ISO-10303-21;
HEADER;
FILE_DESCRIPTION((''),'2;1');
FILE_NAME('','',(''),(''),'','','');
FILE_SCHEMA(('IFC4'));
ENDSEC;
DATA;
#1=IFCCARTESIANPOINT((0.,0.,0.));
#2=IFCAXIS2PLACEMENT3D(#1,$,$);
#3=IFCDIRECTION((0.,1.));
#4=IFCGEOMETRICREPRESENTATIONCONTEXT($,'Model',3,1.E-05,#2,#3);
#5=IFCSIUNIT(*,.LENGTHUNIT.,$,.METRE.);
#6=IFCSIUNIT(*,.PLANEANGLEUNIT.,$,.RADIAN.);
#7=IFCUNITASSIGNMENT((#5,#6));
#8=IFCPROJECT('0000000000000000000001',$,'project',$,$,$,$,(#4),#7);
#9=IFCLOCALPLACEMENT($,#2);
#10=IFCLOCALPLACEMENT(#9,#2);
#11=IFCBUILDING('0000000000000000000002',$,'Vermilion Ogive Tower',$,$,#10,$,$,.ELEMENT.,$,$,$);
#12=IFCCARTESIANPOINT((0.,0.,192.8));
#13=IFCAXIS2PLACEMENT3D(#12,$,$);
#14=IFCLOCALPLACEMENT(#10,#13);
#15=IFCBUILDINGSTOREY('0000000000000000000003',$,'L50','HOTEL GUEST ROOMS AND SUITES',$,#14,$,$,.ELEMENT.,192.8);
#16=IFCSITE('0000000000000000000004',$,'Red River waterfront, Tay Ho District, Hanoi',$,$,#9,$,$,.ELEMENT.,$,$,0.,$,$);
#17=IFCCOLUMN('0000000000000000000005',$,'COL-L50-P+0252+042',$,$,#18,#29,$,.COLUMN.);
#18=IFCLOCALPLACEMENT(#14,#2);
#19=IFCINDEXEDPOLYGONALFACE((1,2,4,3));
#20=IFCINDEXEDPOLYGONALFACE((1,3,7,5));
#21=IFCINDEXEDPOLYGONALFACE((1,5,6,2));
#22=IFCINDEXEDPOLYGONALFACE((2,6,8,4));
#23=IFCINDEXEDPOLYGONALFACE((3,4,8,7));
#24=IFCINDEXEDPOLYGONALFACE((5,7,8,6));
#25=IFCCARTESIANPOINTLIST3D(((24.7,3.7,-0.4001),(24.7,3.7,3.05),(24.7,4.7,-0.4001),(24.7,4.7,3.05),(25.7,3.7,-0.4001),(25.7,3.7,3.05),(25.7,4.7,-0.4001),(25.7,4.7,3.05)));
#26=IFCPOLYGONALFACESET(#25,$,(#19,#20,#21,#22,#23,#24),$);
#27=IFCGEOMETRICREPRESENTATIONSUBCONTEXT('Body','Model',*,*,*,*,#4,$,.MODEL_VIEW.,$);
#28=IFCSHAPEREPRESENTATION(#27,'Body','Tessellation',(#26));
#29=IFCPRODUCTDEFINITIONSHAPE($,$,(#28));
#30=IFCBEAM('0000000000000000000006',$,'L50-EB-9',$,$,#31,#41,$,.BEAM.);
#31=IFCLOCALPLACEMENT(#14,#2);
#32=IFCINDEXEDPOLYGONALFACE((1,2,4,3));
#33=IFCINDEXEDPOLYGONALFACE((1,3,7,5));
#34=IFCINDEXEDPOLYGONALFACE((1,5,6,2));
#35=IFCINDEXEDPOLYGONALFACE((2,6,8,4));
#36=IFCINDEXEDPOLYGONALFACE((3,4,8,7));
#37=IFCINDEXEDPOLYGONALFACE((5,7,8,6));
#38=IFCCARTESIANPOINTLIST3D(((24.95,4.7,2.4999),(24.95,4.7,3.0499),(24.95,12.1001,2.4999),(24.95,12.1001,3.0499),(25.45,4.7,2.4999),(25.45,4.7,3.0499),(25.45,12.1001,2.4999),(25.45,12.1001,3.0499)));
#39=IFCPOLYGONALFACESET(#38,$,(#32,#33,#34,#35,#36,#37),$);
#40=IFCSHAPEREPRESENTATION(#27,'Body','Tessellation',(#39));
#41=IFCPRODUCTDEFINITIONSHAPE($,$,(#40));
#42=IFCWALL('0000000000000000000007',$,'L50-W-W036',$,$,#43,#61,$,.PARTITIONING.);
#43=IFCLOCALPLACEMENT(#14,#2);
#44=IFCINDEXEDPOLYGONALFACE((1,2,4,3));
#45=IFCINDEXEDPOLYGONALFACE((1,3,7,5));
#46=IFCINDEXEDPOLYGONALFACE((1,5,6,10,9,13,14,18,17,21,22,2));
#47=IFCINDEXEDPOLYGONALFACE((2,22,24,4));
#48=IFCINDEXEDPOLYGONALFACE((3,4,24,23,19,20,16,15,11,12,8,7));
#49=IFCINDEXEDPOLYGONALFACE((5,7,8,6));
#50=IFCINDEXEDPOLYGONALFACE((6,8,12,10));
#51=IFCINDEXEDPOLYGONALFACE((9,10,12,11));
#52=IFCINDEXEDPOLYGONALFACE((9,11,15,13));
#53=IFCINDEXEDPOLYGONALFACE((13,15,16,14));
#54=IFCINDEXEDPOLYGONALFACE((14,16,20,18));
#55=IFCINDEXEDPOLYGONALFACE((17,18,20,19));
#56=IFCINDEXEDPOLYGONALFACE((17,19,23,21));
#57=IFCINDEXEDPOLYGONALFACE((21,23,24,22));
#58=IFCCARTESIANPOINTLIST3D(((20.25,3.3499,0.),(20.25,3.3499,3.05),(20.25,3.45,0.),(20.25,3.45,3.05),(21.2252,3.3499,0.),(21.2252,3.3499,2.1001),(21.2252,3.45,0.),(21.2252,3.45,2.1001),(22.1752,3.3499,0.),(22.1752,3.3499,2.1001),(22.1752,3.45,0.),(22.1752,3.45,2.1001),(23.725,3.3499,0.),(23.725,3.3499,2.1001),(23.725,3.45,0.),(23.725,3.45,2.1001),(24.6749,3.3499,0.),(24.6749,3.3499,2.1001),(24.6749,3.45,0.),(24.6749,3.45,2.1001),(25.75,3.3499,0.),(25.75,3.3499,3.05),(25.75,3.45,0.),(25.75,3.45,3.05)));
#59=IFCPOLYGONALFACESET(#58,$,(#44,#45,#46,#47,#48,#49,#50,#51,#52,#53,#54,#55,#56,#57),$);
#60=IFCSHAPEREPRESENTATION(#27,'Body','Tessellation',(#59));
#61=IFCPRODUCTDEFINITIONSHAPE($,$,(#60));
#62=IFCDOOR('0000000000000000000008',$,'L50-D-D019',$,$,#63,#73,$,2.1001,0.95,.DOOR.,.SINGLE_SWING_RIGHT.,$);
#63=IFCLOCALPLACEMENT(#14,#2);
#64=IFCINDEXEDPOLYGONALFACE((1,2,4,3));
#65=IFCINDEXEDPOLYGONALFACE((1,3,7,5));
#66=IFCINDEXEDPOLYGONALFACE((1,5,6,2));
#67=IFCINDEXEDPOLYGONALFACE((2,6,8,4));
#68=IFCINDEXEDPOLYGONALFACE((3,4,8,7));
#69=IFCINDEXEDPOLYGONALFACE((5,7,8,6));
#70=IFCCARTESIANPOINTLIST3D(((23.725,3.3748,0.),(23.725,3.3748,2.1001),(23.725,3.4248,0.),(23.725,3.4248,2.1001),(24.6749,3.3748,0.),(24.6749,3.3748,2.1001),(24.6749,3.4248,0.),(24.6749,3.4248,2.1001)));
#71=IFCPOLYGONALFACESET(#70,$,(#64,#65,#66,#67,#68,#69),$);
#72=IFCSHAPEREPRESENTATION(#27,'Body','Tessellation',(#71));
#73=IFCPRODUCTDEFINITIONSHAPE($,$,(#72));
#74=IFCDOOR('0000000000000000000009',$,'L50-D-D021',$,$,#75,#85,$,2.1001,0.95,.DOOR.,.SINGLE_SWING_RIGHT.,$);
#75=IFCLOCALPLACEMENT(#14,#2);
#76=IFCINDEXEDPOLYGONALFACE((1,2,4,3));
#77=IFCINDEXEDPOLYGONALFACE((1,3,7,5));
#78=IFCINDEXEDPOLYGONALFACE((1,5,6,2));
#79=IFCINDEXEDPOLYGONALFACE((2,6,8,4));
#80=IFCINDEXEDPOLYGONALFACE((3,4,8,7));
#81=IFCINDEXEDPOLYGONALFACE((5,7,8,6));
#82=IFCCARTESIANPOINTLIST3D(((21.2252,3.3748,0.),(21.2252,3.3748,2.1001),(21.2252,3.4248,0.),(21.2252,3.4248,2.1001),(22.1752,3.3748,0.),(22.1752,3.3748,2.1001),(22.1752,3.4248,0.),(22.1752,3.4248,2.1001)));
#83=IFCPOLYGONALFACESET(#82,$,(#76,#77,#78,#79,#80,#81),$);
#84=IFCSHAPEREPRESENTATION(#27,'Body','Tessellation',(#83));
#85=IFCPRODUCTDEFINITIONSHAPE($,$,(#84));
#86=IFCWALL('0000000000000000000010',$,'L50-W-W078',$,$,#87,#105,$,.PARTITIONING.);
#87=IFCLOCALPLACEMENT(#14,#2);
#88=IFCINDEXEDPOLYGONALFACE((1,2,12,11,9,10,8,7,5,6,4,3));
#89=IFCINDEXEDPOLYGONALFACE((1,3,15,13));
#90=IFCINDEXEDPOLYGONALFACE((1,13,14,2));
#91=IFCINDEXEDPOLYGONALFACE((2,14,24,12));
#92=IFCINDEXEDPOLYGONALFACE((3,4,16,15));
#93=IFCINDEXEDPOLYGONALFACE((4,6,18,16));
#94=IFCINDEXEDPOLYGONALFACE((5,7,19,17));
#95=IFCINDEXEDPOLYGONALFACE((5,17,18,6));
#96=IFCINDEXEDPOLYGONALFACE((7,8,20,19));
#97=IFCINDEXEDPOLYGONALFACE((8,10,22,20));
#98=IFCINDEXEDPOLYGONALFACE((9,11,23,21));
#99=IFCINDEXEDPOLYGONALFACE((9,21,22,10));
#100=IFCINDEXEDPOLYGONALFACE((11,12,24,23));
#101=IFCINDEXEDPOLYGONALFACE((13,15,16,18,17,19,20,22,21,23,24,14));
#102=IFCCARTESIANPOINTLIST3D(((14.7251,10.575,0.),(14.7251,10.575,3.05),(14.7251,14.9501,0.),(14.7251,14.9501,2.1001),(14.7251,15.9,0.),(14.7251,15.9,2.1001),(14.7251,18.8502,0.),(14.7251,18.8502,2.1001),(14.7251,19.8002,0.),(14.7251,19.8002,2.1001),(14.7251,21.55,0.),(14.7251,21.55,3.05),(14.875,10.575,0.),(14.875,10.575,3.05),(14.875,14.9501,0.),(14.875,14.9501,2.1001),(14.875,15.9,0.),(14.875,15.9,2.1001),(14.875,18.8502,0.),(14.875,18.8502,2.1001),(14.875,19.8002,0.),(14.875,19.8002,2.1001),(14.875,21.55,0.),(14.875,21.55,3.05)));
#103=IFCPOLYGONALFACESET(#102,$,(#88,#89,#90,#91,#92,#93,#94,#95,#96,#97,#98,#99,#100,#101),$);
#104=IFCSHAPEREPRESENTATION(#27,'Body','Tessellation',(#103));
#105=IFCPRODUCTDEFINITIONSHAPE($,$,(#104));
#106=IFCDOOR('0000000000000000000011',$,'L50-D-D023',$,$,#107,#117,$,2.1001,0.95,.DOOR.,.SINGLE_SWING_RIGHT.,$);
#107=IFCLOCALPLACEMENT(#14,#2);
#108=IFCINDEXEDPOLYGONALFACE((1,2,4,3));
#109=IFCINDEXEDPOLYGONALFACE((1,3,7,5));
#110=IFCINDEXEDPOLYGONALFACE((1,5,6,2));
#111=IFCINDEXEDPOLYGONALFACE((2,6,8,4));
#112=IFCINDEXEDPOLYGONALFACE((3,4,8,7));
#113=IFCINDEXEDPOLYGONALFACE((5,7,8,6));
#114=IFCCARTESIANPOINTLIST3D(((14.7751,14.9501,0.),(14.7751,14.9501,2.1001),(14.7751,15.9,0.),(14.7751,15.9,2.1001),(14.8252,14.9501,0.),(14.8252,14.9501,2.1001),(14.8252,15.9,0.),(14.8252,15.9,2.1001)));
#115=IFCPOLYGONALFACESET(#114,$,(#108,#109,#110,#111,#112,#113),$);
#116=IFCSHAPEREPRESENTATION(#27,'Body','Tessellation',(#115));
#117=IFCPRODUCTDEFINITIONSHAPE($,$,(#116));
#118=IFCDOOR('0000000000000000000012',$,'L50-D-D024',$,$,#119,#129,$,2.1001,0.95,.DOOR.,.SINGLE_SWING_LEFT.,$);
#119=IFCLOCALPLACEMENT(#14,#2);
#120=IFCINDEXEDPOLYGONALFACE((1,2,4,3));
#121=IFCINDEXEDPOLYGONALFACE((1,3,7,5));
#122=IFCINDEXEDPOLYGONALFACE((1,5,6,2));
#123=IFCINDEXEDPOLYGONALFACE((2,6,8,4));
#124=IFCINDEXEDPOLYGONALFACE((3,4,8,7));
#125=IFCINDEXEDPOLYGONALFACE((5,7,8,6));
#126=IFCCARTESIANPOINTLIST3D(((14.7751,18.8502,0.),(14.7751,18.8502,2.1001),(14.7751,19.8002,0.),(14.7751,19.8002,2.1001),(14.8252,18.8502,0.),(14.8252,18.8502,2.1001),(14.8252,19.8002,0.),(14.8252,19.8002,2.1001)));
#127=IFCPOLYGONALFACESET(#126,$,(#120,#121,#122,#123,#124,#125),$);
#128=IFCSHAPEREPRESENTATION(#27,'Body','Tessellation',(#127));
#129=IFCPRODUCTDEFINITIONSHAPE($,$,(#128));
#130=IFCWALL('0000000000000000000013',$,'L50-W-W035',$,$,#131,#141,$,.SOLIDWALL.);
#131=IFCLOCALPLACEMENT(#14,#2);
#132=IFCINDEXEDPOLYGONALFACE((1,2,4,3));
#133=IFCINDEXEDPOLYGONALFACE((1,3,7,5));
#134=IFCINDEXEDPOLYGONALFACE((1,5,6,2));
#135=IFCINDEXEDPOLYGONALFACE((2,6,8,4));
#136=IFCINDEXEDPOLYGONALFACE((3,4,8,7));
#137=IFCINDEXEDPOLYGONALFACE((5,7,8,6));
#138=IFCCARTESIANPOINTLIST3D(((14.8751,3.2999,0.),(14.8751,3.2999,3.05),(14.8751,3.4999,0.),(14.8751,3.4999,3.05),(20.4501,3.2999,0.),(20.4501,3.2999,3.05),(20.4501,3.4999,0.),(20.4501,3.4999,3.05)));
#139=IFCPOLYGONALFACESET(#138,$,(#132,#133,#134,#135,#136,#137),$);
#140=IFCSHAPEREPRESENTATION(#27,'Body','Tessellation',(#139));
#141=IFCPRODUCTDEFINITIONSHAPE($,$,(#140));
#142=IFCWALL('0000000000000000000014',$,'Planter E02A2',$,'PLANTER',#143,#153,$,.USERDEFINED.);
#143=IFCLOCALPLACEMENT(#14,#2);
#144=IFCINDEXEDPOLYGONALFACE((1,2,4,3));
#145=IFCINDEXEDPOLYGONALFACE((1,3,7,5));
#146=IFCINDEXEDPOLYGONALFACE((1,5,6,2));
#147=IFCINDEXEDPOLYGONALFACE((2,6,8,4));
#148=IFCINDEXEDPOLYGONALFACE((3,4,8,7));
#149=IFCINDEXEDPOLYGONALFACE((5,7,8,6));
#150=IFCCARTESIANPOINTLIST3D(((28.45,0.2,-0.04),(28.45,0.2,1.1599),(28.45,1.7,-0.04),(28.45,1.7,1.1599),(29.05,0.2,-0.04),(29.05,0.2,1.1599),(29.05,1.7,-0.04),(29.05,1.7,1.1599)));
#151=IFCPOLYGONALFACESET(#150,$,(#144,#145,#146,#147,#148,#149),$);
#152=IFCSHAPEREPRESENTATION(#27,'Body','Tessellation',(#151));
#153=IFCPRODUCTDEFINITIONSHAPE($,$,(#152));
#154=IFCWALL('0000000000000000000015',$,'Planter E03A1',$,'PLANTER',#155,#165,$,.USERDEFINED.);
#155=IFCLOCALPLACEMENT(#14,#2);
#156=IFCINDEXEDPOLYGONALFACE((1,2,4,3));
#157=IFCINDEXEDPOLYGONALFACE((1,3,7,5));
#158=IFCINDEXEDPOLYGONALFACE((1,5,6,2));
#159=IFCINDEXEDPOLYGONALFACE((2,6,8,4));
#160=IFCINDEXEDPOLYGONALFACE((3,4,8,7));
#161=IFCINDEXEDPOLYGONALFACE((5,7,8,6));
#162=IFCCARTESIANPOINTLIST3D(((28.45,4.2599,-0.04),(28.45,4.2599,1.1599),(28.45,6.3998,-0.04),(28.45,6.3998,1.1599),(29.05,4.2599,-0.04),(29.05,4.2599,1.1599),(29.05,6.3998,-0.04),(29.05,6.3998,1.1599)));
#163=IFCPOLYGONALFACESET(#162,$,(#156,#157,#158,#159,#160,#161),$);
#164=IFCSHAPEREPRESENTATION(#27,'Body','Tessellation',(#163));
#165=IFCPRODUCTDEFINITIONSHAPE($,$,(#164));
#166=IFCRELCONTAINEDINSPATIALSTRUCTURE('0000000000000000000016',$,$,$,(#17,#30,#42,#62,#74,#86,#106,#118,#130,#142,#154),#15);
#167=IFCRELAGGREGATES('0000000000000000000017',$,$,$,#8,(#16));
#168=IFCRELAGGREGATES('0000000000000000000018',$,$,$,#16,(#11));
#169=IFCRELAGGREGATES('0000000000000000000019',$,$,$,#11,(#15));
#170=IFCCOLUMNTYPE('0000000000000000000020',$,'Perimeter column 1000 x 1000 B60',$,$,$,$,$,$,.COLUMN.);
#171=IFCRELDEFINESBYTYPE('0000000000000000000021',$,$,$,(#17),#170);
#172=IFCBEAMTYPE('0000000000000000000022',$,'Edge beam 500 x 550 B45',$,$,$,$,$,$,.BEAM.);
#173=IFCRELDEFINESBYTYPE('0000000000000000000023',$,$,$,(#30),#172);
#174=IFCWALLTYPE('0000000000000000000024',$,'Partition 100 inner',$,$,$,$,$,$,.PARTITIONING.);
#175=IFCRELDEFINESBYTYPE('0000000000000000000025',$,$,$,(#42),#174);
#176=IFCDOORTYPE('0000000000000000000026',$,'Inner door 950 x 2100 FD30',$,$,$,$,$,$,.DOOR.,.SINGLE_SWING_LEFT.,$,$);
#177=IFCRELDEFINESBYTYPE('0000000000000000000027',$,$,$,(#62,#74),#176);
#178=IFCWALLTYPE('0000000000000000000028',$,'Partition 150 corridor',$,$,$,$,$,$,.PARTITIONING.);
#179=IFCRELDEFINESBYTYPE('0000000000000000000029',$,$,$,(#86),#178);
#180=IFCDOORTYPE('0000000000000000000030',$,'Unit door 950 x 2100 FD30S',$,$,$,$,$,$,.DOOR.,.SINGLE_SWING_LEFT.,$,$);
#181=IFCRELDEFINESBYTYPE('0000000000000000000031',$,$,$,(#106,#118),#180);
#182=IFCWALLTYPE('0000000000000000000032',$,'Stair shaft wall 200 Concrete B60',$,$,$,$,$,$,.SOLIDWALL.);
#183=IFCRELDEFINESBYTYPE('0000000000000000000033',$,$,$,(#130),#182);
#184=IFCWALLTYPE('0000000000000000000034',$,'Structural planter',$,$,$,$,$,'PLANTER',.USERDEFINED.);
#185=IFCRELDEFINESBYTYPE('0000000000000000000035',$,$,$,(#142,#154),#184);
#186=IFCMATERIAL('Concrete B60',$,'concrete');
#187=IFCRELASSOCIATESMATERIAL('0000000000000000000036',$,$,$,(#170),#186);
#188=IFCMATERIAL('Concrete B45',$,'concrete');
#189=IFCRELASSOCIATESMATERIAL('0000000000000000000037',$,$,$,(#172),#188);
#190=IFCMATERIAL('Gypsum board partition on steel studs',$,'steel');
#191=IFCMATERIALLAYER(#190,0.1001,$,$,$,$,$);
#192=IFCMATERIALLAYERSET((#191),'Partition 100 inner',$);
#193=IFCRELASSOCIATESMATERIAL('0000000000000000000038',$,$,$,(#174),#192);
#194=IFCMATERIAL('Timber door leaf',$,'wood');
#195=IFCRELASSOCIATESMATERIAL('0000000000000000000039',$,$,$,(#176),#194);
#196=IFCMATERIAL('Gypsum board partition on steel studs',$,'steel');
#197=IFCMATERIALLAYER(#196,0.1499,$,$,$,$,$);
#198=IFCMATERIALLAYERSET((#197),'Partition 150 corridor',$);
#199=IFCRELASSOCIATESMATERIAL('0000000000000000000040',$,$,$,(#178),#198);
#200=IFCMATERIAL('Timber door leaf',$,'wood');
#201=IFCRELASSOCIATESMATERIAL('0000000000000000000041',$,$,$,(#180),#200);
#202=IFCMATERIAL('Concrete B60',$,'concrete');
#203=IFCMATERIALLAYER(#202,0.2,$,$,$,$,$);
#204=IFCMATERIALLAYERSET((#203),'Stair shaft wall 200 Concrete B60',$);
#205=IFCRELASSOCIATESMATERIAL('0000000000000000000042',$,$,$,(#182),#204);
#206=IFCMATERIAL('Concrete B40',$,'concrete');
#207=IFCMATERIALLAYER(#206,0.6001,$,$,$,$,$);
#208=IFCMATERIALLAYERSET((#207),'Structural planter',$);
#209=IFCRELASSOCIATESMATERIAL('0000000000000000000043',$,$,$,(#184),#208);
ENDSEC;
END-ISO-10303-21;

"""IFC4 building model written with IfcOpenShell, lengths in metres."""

from ifc_helpers import new_model, si_unit, direction, frame, frame_2d, origin, origin_2d, place, context, subcontext, project, spatial, rectangle, extrude, material, layer, layer_set, material_profile, profile_set, type_object, element, fill, save


model = new_model("IFC4")

# Units and contexts
model_context = context("Model", 3, precision=1e-05, world=origin(), true_north=direction((0.0, 1.0)))
body_context = subcontext(model_context, "Body", "Model", "MODEL_VIEW")
ifc_project = project(units=[si_unit("LENGTHUNIT", "METRE"), si_unit("PLANEANGLEUNIT", "RADIAN")], contexts=[model_context])

# Site, building, storey
site_placement = place(None, origin())
site = spatial("IfcSite", under=ifc_project, at=site_placement, Name="Red River waterfront, Tay Ho District, Hanoi", CompositionType="ELEMENT", RefElevation=0.0)
building_placement = place(site_placement, origin())
building = spatial("IfcBuilding", under=site, at=building_placement, Name="Vermilion Ogive Tower", CompositionType="ELEMENT")
storey_placement = place(building_placement, frame((0.0, 0.0, 192.8)))
storey = spatial("IfcBuildingStorey", under=building, at=storey_placement, Name="L50", Description="HOTEL GUEST ROOMS AND SUITES", CompositionType="ELEMENT", Elevation=192.8)

# Column
ifc_material_1 = material(Name="Concrete B60", Category="concrete")
ifc_material_profile_1 = material_profile(ifc_material_1, rectangle(XDim=1.0, YDim=1.0, at=origin_2d()), Name="1000 x 1000")
ifc_profile_set_1 = profile_set([ifc_material_profile_1], Name="Concrete B60")
column_type = type_object("IfcColumnType", Name="Perimeter column 1000 x 1000 B60", PredefinedType="COLUMN", material=ifc_profile_set_1)
column_placement = place(storey_placement, frame((25.2, 4.2, -0.4001), z_axis=(0.0, 0.0, 1.0), x_axis=(1.0, 0.0, 0.0)))
element("IfcColumn", 1, at=column_placement, inside=storey, type_object=column_type, Name="COL-L50-P+0252+042", PredefinedType="COLUMN", context=body_context, shape_type="SweptSolid", body=[
    extrude(rectangle(XDim=1.0, YDim=1.0, at=origin_2d()), origin(), (0.0, 0.0, 1.0), 3.4502),
])

# Beam
ifc_material_2 = material(Name="Concrete B45", Category="concrete")
ifc_material_profile_2 = material_profile(ifc_material_2, rectangle(XDim=0.5, YDim=0.55, at=origin_2d()), Name="500 x 550")
ifc_profile_set_2 = profile_set([ifc_material_profile_2], Name="Concrete B45")
beam_type = type_object("IfcBeamType", Name="Edge beam 500 x 550 B45", PredefinedType="BEAM", material=ifc_profile_set_2)
beam_placement = place(storey_placement, frame((25.2, 4.7, 2.7749), z_axis=(0.0, 1.0, 0.0), x_axis=(-1.0, 0.0, 0.0)))
element("IfcBeam", 2, at=beam_placement, inside=storey, type_object=beam_type, Name="L50-EB-9", PredefinedType="BEAM", context=body_context, shape_type="SweptSolid", body=[
    extrude(rectangle(XDim=0.5, YDim=0.55, at=origin_2d()), origin(), (0.0, 0.0, 1.0), 7.4001),
])

# Walls, openings, doors
ifc_material_3 = material(Name="Gypsum board partition on steel studs", Category="steel")
ifc_layer_1 = layer(ifc_material_3, 0.1001)
ifc_layer_set_1 = layer_set([ifc_layer_1], Name="Partition 100 inner")
wall_type_1 = type_object("IfcWallType", Name="Partition 100 inner", PredefinedType="PARTITIONING", material=ifc_layer_set_1)
wall_1_placement = place(storey_placement, frame((20.25, 3.3999, 0.0), z_axis=(0.0, 0.0, 1.0), x_axis=(1.0, 0.0, 0.0)))
wall_1 = element("IfcWall", 3, at=wall_1_placement, inside=storey, type_object=wall_type_1, Name="L50-W-W036", PredefinedType="PARTITIONING", context=body_context, shape_type="SweptSolid", body=[
    extrude(rectangle(XDim=5.5, YDim=0.1001, at=frame_2d((2.75, 0.0))), origin(), (0.0, 0.0, 1.0), 3.05),
])
opening_1_placement = place(wall_1_placement, frame((3.4749, 0.0, 0.0)))
opening_1 = element("IfcOpeningElement", 4, at=opening_1_placement, cuts=wall_1, PredefinedType="OPENING", context=body_context, shape_type="SweptSolid", body=[
    extrude(rectangle(XDim=0.95, YDim=2.1001, at=frame_2d((0.4751, 1.05))), frame((0.0, 0.0601, 0.0), z_axis=(0.0, -1.0, 0.0), x_axis=(1.0, 0.0, 0.0)), (0.0, 0.0, 1.0), 0.1201),
])
opening_2_placement = place(wall_1_placement, frame((0.9751, 0.0, 0.0)))
opening_2 = element("IfcOpeningElement", 5, at=opening_2_placement, cuts=wall_1, PredefinedType="OPENING", context=body_context, shape_type="SweptSolid", body=[
    extrude(rectangle(XDim=0.95, YDim=2.1001, at=frame_2d((0.4751, 1.05))), frame((0.0, 0.0601, 0.0), z_axis=(0.0, -1.0, 0.0), x_axis=(1.0, 0.0, 0.0)), (0.0, 0.0, 1.0), 0.1201),
])
ifc_material_4 = material(Name="Timber door leaf", Category="wood")
door_type_1 = type_object("IfcDoorType", Name="Inner door 950 x 2100 FD30", OperationType="SINGLE_SWING_LEFT", PredefinedType="DOOR", material=ifc_material_4)
door_1_placement = place(opening_1_placement, origin())
door_1 = element("IfcDoor", 6, at=door_1_placement, inside=storey, type_object=door_type_1, Name="L50-D-D019", OperationType="SINGLE_SWING_RIGHT", OverallHeight=2.1001, OverallWidth=0.95, PredefinedType="DOOR", context=body_context, shape_type="SweptSolid", body=[
    extrude(rectangle(XDim=0.95, YDim=2.1001, at=frame_2d((0.4751, 1.05))), frame((0.0, 0.0249, 0.0), z_axis=(0.0, -1.0, 0.0), x_axis=(1.0, 0.0, 0.0)), (0.0, 0.0, 1.0), 0.05),
])
fill(opening_1, door_1)
door_2_placement = place(opening_2_placement, origin())
door_2 = element("IfcDoor", 7, at=door_2_placement, inside=storey, type_object=door_type_1, Name="L50-D-D021", OperationType="SINGLE_SWING_RIGHT", OverallHeight=2.1001, OverallWidth=0.95, PredefinedType="DOOR", context=body_context, shape_type="SweptSolid", body=[
    extrude(rectangle(XDim=0.95, YDim=2.1001, at=frame_2d((0.4751, 1.05))), frame((0.0, 0.0249, 0.0), z_axis=(0.0, -1.0, 0.0), x_axis=(1.0, 0.0, 0.0)), (0.0, 0.0, 1.0), 0.05),
])
fill(opening_2, door_2)
ifc_material_5 = material(Name="Gypsum board partition on steel studs", Category="steel")
ifc_layer_2 = layer(ifc_material_5, 0.1499)
ifc_layer_set_2 = layer_set([ifc_layer_2], Name="Partition 150 corridor")
wall_type_2 = type_object("IfcWallType", Name="Partition 150 corridor", PredefinedType="PARTITIONING", material=ifc_layer_set_2)
wall_2_placement = place(storey_placement, frame((14.8, 10.575, 0.0), z_axis=(0.0, 0.0, 1.0), x_axis=(0.0, 1.0, 0.0)))
wall_2 = element("IfcWall", 8, at=wall_2_placement, inside=storey, type_object=wall_type_2, Name="L50-W-W078", PredefinedType="PARTITIONING", context=body_context, shape_type="SweptSolid", body=[
    extrude(rectangle(XDim=10.9751, YDim=0.1499, at=frame_2d((5.4875, 0.0))), origin(), (0.0, 0.0, 1.0), 3.05),
])
opening_3_placement = place(wall_2_placement, frame((4.375, 0.0, 0.0)))
opening_3 = element("IfcOpeningElement", 9, at=opening_3_placement, cuts=wall_2, PredefinedType="OPENING", context=body_context, shape_type="SweptSolid", body=[
    extrude(rectangle(XDim=0.95, YDim=2.1001, at=frame_2d((0.4751, 1.05))), frame((0.0, 0.085, 0.0), z_axis=(0.0, -1.0, 0.0), x_axis=(1.0, 0.0, 0.0)), (0.0, 0.0, 1.0), 0.1699),
])
opening_4_placement = place(wall_2_placement, frame((8.2751, 0.0, 0.0)))
opening_4 = element("IfcOpeningElement", 10, at=opening_4_placement, cuts=wall_2, PredefinedType="OPENING", context=body_context, shape_type="SweptSolid", body=[
    extrude(rectangle(XDim=0.95, YDim=2.1001, at=frame_2d((0.4751, 1.05))), frame((0.0, 0.085, 0.0), z_axis=(0.0, -1.0, 0.0), x_axis=(1.0, 0.0, 0.0)), (0.0, 0.0, 1.0), 0.1699),
])
ifc_material_6 = material(Name="Timber door leaf", Category="wood")
door_type_2 = type_object("IfcDoorType", Name="Unit door 950 x 2100 FD30S", OperationType="SINGLE_SWING_LEFT", PredefinedType="DOOR", material=ifc_material_6)
door_3_placement = place(opening_3_placement, origin())
door_3 = element("IfcDoor", 11, at=door_3_placement, inside=storey, type_object=door_type_2, Name="L50-D-D023", OperationType="SINGLE_SWING_RIGHT", OverallHeight=2.1001, OverallWidth=0.95, PredefinedType="DOOR", context=body_context, shape_type="SweptSolid", body=[
    extrude(rectangle(XDim=0.95, YDim=2.1001, at=frame_2d((0.4751, 1.05))), frame((0.0, 0.0249, 0.0), z_axis=(0.0, -1.0, 0.0), x_axis=(1.0, 0.0, 0.0)), (0.0, 0.0, 1.0), 0.05),
])
fill(opening_3, door_3)
door_4_placement = place(opening_4_placement, origin())
door_4 = element("IfcDoor", 12, at=door_4_placement, inside=storey, type_object=door_type_2, Name="L50-D-D024", OperationType="SINGLE_SWING_LEFT", OverallHeight=2.1001, OverallWidth=0.95, PredefinedType="DOOR", context=body_context, shape_type="SweptSolid", body=[
    extrude(rectangle(XDim=0.95, YDim=2.1001, at=frame_2d((0.4751, 1.05))), frame((0.0, 0.0249, 0.0), z_axis=(0.0, -1.0, 0.0), x_axis=(1.0, 0.0, 0.0)), (0.0, 0.0, 1.0), 0.05),
])
fill(opening_4, door_4)

# Walls
ifc_material_7 = material(Name="Concrete B60", Category="concrete")
ifc_layer_3 = layer(ifc_material_7, 0.2)
ifc_layer_set_3 = layer_set([ifc_layer_3], Name="Stair shaft wall 200 Concrete B60")
wall_type_3 = type_object("IfcWallType", Name="Stair shaft wall 200 Concrete B60", PredefinedType="SOLIDWALL", material=ifc_layer_set_3)
wall_3_placement = place(storey_placement, frame((14.875, 3.3999, 0.0), z_axis=(0.0, 0.0, 1.0), x_axis=(1.0, 0.0, 0.0)))
element("IfcWall", 13, at=wall_3_placement, inside=storey, type_object=wall_type_3, Name="L50-W-W035", PredefinedType="SOLIDWALL", context=body_context, shape_type="SweptSolid", body=[
    extrude(rectangle(XDim=5.575, YDim=0.2, at=frame_2d((2.7876, 0.0))), origin(), (0.0, 0.0, 1.0), 3.05),
])
ifc_material_8 = material(Name="Concrete B40", Category="concrete")
ifc_layer_4 = layer(ifc_material_8, 0.6001)
ifc_layer_set_4 = layer_set([ifc_layer_4], Name="Structural planter")
wall_type_4 = type_object("IfcWallType", Name="Structural planter", ElementType="PLANTER", PredefinedType="USERDEFINED", material=ifc_layer_set_4)
wall_4_placement = place(storey_placement, frame((28.75, 0.2, -0.04), z_axis=(0.0, 0.0, 1.0), x_axis=(0.0, 1.0, 0.0)))
element("IfcWall", 14, at=wall_4_placement, inside=storey, type_object=wall_type_4, Name="Planter E02A2", ObjectType="PLANTER", PredefinedType="USERDEFINED", context=body_context, shape_type="SweptSolid", body=[
    extrude(rectangle(XDim=1.5, YDim=0.6001, at=frame_2d((0.75, 0.0))), origin(), (0.0, 0.0, 1.0), 1.2),
])
wall_5_placement = place(storey_placement, frame((28.75, 4.26, -0.04), z_axis=(0.0, 0.0, 1.0), x_axis=(0.0, 1.0, 0.0)))
element("IfcWall", 15, at=wall_5_placement, inside=storey, type_object=wall_type_4, Name="Planter E03A1", ObjectType="PLANTER", PredefinedType="USERDEFINED", context=body_context, shape_type="SweptSolid", body=[
    extrude(rectangle(XDim=2.1399, YDim=0.6001, at=frame_2d((1.0698, 0.0))), origin(), (0.0, 0.0, 1.0), 1.2),
])

save(model, "model.ifc")
